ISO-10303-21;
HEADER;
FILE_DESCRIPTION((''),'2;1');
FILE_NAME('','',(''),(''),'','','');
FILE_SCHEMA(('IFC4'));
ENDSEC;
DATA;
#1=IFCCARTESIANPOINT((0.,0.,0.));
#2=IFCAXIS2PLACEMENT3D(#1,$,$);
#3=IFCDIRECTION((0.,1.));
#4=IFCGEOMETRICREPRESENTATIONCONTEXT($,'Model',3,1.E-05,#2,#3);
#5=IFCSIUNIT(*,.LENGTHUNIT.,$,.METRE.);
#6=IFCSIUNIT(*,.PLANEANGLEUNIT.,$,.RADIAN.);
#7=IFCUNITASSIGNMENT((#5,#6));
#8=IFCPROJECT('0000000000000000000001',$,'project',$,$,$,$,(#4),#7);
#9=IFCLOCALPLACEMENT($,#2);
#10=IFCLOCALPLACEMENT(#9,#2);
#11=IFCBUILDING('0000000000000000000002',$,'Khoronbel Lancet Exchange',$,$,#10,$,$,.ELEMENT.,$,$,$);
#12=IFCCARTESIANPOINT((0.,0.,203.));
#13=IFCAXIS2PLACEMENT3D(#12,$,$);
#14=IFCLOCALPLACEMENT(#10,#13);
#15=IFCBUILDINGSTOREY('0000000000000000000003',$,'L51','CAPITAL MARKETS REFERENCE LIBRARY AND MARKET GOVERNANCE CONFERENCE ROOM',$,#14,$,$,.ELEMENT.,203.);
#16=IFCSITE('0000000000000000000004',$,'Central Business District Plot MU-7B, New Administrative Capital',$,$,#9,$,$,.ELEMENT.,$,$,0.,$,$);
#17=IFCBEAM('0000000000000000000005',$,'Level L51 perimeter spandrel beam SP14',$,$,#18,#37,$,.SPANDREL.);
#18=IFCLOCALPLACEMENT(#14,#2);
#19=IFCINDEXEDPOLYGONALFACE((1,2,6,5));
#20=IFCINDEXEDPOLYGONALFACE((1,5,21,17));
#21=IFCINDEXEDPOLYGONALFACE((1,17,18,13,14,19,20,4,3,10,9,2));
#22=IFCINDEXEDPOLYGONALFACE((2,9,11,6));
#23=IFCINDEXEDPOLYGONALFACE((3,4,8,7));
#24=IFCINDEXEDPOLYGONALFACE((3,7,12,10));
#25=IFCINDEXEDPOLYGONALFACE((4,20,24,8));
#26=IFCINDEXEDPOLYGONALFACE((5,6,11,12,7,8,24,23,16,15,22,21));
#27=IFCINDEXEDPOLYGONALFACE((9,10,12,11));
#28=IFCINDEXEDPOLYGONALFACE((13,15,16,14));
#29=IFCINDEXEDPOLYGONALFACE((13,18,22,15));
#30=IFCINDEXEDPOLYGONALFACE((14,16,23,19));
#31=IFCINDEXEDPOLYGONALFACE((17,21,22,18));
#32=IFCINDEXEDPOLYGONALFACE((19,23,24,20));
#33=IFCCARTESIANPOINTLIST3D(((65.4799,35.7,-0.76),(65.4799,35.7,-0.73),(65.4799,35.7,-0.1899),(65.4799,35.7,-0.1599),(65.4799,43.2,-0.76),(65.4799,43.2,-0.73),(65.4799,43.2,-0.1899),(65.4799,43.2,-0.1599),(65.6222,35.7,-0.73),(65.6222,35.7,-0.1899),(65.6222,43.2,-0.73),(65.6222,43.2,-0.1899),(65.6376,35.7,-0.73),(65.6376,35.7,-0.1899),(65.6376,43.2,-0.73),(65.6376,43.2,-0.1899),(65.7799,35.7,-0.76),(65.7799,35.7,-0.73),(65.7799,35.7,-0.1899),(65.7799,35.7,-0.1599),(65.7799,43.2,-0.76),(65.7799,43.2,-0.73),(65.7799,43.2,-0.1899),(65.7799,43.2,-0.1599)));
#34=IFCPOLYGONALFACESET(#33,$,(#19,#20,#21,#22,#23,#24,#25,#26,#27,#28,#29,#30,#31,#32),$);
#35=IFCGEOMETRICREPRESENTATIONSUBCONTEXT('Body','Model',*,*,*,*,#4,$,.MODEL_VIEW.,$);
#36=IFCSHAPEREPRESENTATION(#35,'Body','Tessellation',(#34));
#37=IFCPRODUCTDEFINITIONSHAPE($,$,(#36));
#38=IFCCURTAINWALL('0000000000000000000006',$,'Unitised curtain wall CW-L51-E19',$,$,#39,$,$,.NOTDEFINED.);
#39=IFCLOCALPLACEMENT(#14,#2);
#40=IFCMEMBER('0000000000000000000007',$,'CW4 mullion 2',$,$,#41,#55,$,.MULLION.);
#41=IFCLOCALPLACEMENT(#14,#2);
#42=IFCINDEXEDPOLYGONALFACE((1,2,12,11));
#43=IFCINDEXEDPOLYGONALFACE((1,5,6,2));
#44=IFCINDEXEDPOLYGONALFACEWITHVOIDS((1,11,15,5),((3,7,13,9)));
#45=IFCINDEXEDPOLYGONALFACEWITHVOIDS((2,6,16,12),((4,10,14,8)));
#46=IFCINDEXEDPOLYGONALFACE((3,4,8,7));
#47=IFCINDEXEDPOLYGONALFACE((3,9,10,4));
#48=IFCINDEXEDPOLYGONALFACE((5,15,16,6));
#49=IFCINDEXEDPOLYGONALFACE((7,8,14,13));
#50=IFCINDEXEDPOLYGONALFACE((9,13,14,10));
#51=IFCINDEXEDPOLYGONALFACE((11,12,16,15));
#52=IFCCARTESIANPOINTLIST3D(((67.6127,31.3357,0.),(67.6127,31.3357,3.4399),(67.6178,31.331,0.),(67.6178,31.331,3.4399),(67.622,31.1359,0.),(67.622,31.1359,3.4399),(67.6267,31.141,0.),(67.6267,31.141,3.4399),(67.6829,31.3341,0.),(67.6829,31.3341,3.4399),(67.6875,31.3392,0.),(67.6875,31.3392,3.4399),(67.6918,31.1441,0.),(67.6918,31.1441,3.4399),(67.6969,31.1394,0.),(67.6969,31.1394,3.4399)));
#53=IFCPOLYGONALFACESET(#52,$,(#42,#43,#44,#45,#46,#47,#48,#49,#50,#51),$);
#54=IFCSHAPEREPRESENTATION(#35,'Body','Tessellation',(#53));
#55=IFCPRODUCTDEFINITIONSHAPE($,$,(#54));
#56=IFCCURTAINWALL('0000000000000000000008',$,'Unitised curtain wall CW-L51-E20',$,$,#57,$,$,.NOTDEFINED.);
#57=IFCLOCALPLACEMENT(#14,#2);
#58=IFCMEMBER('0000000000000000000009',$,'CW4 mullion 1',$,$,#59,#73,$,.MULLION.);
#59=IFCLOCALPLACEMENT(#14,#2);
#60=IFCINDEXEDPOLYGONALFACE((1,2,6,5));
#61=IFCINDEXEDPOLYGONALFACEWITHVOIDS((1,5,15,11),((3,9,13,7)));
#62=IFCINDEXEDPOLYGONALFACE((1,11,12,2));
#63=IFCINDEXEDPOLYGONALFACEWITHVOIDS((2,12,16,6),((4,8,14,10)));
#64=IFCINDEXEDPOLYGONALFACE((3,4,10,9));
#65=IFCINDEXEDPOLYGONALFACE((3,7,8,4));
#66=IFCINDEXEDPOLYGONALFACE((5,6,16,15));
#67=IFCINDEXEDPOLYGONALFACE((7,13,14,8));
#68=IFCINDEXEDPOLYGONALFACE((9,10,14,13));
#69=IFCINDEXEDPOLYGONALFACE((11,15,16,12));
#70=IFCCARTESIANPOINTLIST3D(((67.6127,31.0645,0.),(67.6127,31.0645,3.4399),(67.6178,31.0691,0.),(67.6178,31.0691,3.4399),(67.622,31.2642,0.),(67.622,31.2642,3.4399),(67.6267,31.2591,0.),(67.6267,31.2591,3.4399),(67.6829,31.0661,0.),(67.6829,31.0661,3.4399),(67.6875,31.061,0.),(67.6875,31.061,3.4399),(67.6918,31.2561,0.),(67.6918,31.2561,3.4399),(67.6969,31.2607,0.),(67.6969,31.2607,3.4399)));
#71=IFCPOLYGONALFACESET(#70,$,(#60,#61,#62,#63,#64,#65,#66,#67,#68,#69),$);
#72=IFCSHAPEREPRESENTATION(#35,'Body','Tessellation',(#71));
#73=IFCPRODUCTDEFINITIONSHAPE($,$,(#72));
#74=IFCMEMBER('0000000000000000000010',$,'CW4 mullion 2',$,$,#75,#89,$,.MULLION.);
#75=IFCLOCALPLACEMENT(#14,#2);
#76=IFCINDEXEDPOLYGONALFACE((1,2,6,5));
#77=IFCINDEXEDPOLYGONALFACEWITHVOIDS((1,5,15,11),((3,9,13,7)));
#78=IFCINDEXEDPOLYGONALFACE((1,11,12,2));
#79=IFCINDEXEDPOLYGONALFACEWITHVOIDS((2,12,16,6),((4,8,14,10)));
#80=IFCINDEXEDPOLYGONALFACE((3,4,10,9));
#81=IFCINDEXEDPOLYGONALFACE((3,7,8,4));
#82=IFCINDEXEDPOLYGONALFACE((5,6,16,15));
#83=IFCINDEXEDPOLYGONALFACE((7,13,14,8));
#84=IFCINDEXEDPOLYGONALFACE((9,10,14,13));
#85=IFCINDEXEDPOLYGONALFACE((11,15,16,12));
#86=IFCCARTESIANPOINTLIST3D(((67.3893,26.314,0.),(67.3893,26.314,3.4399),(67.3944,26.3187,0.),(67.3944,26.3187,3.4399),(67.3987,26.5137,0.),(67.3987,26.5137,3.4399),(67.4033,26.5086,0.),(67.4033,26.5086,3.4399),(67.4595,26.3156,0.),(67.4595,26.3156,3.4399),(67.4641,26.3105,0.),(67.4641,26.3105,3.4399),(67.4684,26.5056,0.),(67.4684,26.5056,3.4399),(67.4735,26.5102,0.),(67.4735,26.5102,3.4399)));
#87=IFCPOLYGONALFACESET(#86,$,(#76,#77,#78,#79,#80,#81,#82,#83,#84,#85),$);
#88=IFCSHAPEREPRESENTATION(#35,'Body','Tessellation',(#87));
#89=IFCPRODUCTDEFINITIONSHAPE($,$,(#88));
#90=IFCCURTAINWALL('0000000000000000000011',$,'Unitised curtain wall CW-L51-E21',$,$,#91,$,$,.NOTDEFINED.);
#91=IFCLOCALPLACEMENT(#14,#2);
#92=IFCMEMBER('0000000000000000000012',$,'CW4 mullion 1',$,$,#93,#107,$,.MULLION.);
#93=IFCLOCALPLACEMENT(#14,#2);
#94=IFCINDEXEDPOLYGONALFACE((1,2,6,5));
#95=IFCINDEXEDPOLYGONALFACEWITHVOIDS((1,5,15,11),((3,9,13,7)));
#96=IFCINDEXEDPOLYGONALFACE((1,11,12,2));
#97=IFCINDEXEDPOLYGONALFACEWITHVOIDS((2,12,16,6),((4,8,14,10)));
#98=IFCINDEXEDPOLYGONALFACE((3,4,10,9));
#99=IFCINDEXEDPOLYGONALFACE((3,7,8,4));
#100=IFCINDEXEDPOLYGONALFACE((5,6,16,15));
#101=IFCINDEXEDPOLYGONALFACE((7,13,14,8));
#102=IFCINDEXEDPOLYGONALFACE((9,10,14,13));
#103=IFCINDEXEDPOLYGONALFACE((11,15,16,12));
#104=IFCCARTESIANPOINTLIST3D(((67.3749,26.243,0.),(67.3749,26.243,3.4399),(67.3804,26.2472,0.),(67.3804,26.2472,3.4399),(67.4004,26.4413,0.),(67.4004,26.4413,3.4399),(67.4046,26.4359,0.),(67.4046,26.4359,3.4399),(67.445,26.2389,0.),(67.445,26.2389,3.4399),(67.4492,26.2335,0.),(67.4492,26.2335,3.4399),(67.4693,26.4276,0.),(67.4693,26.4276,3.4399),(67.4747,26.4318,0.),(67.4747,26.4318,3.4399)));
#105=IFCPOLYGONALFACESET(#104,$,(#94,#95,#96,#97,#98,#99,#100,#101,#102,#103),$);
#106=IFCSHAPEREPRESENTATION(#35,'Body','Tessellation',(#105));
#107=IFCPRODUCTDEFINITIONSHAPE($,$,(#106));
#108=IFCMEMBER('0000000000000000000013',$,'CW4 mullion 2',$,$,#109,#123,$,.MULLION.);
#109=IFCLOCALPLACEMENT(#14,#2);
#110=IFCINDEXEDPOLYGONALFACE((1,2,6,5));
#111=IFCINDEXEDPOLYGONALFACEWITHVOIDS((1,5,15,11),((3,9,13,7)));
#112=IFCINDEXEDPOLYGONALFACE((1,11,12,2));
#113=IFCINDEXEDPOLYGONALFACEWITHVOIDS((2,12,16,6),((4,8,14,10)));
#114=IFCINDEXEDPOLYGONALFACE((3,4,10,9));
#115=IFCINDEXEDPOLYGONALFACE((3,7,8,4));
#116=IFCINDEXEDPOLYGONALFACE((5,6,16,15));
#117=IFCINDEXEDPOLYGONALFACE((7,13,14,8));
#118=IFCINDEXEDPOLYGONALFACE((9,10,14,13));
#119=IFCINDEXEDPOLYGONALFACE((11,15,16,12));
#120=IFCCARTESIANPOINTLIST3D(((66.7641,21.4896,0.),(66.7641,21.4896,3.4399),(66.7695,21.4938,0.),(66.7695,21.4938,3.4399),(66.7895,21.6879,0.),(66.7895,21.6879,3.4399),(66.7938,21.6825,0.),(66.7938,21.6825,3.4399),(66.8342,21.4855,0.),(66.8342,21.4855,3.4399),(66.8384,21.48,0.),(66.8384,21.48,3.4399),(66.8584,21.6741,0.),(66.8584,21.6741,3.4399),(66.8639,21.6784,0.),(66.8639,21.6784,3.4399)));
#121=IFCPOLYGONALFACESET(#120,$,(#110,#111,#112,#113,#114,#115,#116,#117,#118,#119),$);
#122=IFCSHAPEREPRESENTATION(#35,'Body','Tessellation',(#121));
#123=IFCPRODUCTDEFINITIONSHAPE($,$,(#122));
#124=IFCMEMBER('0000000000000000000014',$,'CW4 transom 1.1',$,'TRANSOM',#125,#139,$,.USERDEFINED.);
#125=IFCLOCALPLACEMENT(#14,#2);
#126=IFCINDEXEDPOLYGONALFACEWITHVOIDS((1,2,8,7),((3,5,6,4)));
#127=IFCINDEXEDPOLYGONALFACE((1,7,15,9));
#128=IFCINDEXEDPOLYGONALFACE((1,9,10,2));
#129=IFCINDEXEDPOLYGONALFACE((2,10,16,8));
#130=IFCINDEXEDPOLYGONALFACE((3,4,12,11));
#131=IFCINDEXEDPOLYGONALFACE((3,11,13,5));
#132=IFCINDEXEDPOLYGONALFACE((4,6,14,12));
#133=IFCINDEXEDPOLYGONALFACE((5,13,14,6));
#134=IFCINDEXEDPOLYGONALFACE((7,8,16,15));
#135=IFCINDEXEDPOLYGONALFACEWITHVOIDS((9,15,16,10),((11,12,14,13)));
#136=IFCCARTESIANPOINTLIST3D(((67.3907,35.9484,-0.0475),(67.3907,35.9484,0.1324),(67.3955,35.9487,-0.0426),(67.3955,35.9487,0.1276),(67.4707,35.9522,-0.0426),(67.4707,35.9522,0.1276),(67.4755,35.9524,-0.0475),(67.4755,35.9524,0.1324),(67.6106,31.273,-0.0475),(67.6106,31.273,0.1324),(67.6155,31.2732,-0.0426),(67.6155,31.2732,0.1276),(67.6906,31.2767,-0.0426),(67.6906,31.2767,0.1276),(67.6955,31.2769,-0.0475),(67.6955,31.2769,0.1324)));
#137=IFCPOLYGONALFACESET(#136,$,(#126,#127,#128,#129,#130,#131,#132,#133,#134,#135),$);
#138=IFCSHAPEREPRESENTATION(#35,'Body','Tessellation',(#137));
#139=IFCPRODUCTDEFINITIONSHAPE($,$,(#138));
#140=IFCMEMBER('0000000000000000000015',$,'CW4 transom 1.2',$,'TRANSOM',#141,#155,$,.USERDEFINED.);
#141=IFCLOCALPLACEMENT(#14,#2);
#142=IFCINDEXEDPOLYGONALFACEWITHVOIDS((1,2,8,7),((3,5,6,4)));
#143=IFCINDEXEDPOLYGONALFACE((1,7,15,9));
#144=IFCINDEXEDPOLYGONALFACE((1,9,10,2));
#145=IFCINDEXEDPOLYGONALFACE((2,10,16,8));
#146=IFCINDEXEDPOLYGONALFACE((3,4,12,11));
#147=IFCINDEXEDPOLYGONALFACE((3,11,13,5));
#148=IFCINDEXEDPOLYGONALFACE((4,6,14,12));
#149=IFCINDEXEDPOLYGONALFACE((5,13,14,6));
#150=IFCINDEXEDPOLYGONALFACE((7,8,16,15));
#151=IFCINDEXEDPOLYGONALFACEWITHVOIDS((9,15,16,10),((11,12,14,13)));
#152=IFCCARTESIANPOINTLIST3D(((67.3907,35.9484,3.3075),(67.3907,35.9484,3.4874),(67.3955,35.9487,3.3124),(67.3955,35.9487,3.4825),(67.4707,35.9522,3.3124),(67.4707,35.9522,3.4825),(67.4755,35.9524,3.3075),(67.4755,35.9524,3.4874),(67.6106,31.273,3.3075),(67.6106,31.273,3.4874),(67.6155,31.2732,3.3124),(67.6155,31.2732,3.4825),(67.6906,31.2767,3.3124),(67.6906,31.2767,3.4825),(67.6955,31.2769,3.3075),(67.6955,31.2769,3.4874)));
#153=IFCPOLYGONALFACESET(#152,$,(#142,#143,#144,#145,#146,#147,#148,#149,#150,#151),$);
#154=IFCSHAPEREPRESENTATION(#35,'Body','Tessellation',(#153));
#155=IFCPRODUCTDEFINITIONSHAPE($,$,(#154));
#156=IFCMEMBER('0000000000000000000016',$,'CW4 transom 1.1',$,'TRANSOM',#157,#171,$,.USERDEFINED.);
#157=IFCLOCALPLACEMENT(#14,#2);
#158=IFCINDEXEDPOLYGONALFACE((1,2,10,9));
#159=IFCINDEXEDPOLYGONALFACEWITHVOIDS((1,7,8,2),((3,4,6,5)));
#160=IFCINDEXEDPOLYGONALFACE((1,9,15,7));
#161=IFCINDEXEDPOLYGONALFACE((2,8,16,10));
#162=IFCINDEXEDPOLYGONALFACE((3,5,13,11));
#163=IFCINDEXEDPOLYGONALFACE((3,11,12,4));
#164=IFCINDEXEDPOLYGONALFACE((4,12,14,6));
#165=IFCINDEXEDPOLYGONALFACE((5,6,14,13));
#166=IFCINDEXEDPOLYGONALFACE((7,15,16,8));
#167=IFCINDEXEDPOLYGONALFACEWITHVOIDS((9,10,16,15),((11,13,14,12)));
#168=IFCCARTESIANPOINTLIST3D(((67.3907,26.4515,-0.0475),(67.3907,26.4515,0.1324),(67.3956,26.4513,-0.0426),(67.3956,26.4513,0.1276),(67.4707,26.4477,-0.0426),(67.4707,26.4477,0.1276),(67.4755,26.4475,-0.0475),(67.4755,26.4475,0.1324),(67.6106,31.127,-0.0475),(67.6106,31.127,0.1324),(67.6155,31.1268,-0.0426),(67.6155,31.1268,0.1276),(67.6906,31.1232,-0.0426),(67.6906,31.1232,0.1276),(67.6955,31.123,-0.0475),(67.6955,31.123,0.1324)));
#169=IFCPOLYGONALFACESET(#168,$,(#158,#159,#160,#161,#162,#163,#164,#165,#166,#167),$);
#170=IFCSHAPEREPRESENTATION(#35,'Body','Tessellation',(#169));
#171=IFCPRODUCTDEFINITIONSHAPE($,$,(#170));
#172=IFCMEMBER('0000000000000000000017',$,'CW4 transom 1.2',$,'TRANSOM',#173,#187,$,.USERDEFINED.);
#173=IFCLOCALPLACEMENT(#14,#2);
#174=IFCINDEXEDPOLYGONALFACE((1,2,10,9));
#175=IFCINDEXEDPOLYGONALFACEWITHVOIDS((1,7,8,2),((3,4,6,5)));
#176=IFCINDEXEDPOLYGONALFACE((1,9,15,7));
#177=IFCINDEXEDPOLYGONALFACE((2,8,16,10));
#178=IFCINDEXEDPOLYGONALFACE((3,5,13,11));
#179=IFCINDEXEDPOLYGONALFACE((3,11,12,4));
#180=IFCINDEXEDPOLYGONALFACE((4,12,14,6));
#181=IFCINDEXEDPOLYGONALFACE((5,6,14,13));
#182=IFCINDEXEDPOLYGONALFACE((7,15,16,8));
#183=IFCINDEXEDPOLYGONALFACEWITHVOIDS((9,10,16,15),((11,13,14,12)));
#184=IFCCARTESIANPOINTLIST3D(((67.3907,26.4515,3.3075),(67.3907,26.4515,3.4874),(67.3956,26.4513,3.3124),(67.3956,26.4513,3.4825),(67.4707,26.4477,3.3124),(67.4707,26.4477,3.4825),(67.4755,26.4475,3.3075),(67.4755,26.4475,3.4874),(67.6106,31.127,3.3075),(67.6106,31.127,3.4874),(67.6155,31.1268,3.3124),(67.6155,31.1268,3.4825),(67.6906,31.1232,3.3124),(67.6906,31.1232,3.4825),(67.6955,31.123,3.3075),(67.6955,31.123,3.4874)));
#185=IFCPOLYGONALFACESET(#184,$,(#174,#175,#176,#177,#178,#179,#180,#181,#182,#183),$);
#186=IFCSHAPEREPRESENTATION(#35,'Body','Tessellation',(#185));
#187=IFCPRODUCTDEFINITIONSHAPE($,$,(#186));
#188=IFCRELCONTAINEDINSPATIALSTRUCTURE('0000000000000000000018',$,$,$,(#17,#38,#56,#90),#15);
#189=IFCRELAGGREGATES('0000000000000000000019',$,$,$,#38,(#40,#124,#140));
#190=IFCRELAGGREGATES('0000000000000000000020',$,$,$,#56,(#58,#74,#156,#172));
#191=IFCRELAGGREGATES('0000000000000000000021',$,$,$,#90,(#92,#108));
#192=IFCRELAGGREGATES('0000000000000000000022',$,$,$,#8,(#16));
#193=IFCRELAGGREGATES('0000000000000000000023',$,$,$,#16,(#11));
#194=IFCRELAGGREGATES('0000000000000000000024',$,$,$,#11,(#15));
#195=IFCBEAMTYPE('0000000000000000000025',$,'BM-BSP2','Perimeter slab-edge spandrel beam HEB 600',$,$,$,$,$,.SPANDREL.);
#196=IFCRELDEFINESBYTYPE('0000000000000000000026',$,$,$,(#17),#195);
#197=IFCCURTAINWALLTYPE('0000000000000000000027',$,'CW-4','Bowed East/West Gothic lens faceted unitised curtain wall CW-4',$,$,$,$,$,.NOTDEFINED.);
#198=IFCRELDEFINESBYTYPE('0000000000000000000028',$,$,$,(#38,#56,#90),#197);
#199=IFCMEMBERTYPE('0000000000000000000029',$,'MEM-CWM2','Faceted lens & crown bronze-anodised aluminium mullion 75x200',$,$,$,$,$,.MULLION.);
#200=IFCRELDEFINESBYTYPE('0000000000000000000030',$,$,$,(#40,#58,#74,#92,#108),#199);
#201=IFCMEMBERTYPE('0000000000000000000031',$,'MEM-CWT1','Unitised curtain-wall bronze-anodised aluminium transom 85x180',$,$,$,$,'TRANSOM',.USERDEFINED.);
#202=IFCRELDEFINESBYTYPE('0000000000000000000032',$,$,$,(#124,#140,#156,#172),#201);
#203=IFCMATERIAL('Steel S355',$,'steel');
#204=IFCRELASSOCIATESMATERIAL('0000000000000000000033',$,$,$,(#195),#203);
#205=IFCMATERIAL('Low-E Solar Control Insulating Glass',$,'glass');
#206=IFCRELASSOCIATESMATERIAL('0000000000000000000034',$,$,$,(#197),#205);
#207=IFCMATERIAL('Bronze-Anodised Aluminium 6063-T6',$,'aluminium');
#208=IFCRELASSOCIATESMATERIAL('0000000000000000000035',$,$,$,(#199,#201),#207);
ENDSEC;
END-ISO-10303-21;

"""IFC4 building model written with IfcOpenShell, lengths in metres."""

from ifc_helpers import new_model, si_unit, direction, frame, origin, origin_2d, place, context, subcontext, project, spatial, hollow_rectangle, i_section, extrude, material, material_profile, profile_set, type_object, element, aggregate, save


model = new_model("IFC4")

# Units and contexts
model_context = context("Model", 3, precision=1e-05, world=origin(), true_north=direction((0.0, 1.0)))
body_context = subcontext(model_context, "Body", "Model", "MODEL_VIEW")
ifc_project = project(units=[si_unit("LENGTHUNIT", "METRE"), si_unit("PLANEANGLEUNIT", "RADIAN")], contexts=[model_context])

# Site, building, storey
site_placement = place(None, origin())
site = spatial("IfcSite", under=ifc_project, at=site_placement, Name="Central Business District Plot MU-7B, New Administrative Capital", CompositionType="ELEMENT", RefElevation=0.0)
building_placement = place(site_placement, origin())
building = spatial("IfcBuilding", under=site, at=building_placement, Name="Khoronbel Lancet Exchange", CompositionType="ELEMENT")
storey_placement = place(building_placement, frame((0.0, 0.0, 203.0)))
storey = spatial("IfcBuildingStorey", under=building, at=storey_placement, Name="L51", Description="CAPITAL MARKETS REFERENCE LIBRARY AND MARKET GOVERNANCE CONFERENCE ROOM", CompositionType="ELEMENT", Elevation=203.0)

# Shared definitions
ifc_material_1 = material(Name="Steel S355", Category="steel")

# Beam
ifc_material_profile_1 = material_profile(ifc_material_1, i_section(OverallWidth=0.3, OverallDepth=0.6001, WebThickness=0.0154, FlangeThickness=0.03, at=origin_2d()), Name="HEB 600")
ifc_profile_set_1 = profile_set([ifc_material_profile_1], Name="Steel S355")
beam_type_1 = type_object("IfcBeamType", Name="BM-BSP2", Description="Perimeter slab-edge spandrel beam HEB 600", PredefinedType="SPANDREL", material=ifc_profile_set_1)
beam_1_placement = place(storey_placement, frame((65.6299, 35.7, -0.46), z_axis=(0.0, 1.0, 0.0), x_axis=(-1.0, 0.0, 0.0)))
element("IfcBeam", 1, at=beam_1_placement, inside=storey, type_object=beam_type_1, Name="Level L51 perimeter spandrel beam SP14", PredefinedType="SPANDREL", context=body_context, shape_type="SweptSolid", body=[
    extrude(i_section(OverallWidth=0.3, OverallDepth=0.6001, WebThickness=0.0154, FlangeThickness=0.03, at=origin_2d()), origin(), (0.0, 0.0, 1.0), 7.5),
])

# Curtain wall, member
ifc_material_2 = material(Name="Low-E Solar Control Insulating Glass", Category="glass")
curtain_wall_type = type_object("IfcCurtainWallType", Name="CW-4", Description="Bowed East/West Gothic lens faceted unitised curtain wall CW-4", PredefinedType="NOTDEFINED", material=ifc_material_2)
curtain_wall_1_placement = place(storey_placement, origin())
curtain_wall_1 = element("IfcCurtainWall", 2, at=curtain_wall_1_placement, inside=storey, type_object=curtain_wall_type, Name="Unitised curtain wall CW-L51-E19", PredefinedType="NOTDEFINED")
ifc_material_3 = material(Name="Bronze-Anodised Aluminium 6063-T6", Category="aluminium")
ifc_material_profile_2 = material_profile(ifc_material_3, hollow_rectangle(XDim=0.075, YDim=0.2, WallThickness=0.0049, at=origin_2d()), Name="ALU MULLION 75x200")
ifc_profile_set_2 = profile_set([ifc_material_profile_2], Name="Bronze-Anodised Aluminium 6063-T6")
member_type_1 = type_object("IfcMemberType", Name="MEM-CWM2", Description="Faceted lens & crown bronze-anodised aluminium mullion 75x200", PredefinedType="MULLION", material=ifc_profile_set_2)
member_1_placement = place(storey_placement, frame((67.6548, 31.2375, 0.0), z_axis=(0.0, 0.0, 1.0), x_axis=(0.998896, 0.04697, 0.0)))
member_1 = element("IfcMember", 3, at=member_1_placement, type_object=member_type_1, Name="CW4 mullion 2", PredefinedType="MULLION", context=body_context, shape_type="SweptSolid", body=[
    extrude(hollow_rectangle(XDim=0.075, YDim=0.2, WallThickness=0.0049, at=origin_2d()), origin(), (0.0, 0.0, 1.0), 3.4399),
])

# Curtain walls, members
curtain_wall_2_placement = place(storey_placement, origin())
curtain_wall_2 = element("IfcCurtainWall", 4, at=curtain_wall_2_placement, inside=storey, type_object=curtain_wall_type, Name="Unitised curtain wall CW-L51-E20", PredefinedType="NOTDEFINED")
member_2_placement = place(storey_placement, frame((67.6548, 31.1626, 0.0), z_axis=(0.0, 0.0, 1.0), x_axis=(0.998896, -0.04697, 0.0)))
member_2 = element("IfcMember", 5, at=member_2_placement, type_object=member_type_1, Name="CW4 mullion 1", PredefinedType="MULLION", context=body_context, shape_type="SweptSolid", body=[
    extrude(hollow_rectangle(XDim=0.075, YDim=0.2, WallThickness=0.0049, at=origin_2d()), origin(), (0.0, 0.0, 1.0), 3.4399),
])
member_3_placement = place(storey_placement, frame((67.4314, 26.4121, 0.0), z_axis=(0.0, 0.0, 1.0), x_axis=(0.998896, -0.04697, 0.0)))
member_3 = element("IfcMember", 6, at=member_3_placement, type_object=member_type_1, Name="CW4 mullion 2", PredefinedType="MULLION", context=body_context, shape_type="SweptSolid", body=[
    extrude(hollow_rectangle(XDim=0.075, YDim=0.2, WallThickness=0.0049, at=origin_2d()), origin(), (0.0, 0.0, 1.0), 3.4399),
])
curtain_wall_3_placement = place(storey_placement, origin())
curtain_wall_3 = element("IfcCurtainWall", 7, at=curtain_wall_3_placement, inside=storey, type_object=curtain_wall_type, Name="Unitised curtain wall CW-L51-E21", PredefinedType="NOTDEFINED")
member_4_placement = place(storey_placement, frame((67.4248, 26.3374, 0.0), z_axis=(0.0, 0.0, 1.0), x_axis=(0.991847, -0.127437, 0.0)))
member_4 = element("IfcMember", 8, at=member_4_placement, type_object=member_type_1, Name="CW4 mullion 1", PredefinedType="MULLION", context=body_context, shape_type="SweptSolid", body=[
    extrude(hollow_rectangle(XDim=0.075, YDim=0.2, WallThickness=0.0049, at=origin_2d()), origin(), (0.0, 0.0, 1.0), 3.4399),
])
member_5_placement = place(storey_placement, frame((66.814, 21.584, 0.0), z_axis=(0.0, 0.0, 1.0), x_axis=(0.991847, -0.127437, 0.0)))
member_5 = element("IfcMember", 9, at=member_5_placement, type_object=member_type_1, Name="CW4 mullion 2", PredefinedType="MULLION", context=body_context, shape_type="SweptSolid", body=[
    extrude(hollow_rectangle(XDim=0.075, YDim=0.2, WallThickness=0.0049, at=origin_2d()), origin(), (0.0, 0.0, 1.0), 3.4399),
])

# Members
ifc_material_profile_3 = material_profile(ifc_material_3, hollow_rectangle(XDim=0.085, YDim=0.1799, WallThickness=0.0049, at=origin_2d()), Name="ALU TRANSOM 85x180")
ifc_profile_set_3 = profile_set([ifc_material_profile_3], Name="Bronze-Anodised Aluminium 6063-T6")
member_type_2 = type_object("IfcMemberType", Name="MEM-CWT1", Description="Unitised curtain-wall bronze-anodised aluminium transom 85x180", ElementType="TRANSOM", PredefinedType="USERDEFINED", material=ifc_profile_set_3)
member_6_placement = place(storey_placement, frame((67.4331, 35.9504, 0.0425), z_axis=(0.046995, -0.998895, 0.0), x_axis=(0.998895, 0.046995, 0.0)))
member_6 = element("IfcMember", 10, at=member_6_placement, type_object=member_type_2, Name="CW4 transom 1.1", ObjectType="TRANSOM", PredefinedType="USERDEFINED", context=body_context, shape_type="SweptSolid", body=[
    extrude(hollow_rectangle(XDim=0.085, YDim=0.1799, WallThickness=0.0049, at=origin_2d()), origin(), (0.0, 0.0, 1.0), 4.6807),
])
member_7_placement = place(storey_placement, frame((67.4331, 35.9504, 3.3975), z_axis=(0.046995, -0.998895, 0.0), x_axis=(0.998895, 0.046995, 0.0)))
member_7 = element("IfcMember", 11, at=member_7_placement, type_object=member_type_2, Name="CW4 transom 1.2", ObjectType="TRANSOM", PredefinedType="USERDEFINED", context=body_context, shape_type="SweptSolid", body=[
    extrude(hollow_rectangle(XDim=0.085, YDim=0.1799, WallThickness=0.0049, at=origin_2d()), origin(), (0.0, 0.0, 1.0), 4.6807),
])
member_8_placement = place(storey_placement, frame((67.6531, 31.125, 0.0425), z_axis=(-0.046995, -0.998895, 0.0), x_axis=(0.998895, -0.046995, 0.0)))
member_8 = element("IfcMember", 12, at=member_8_placement, type_object=member_type_2, Name="CW4 transom 1.1", ObjectType="TRANSOM", PredefinedType="USERDEFINED", context=body_context, shape_type="SweptSolid", body=[
    extrude(hollow_rectangle(XDim=0.085, YDim=0.1799, WallThickness=0.0049, at=origin_2d()), origin(), (0.0, 0.0, 1.0), 4.6807),
])
member_9_placement = place(storey_placement, frame((67.6531, 31.125, 3.3975), z_axis=(-0.046995, -0.998895, 0.0), x_axis=(0.998895, -0.046995, 0.0)))
member_9 = element("IfcMember", 13, at=member_9_placement, type_object=member_type_2, Name="CW4 transom 1.2", ObjectType="TRANSOM", PredefinedType="USERDEFINED", context=body_context, shape_type="SweptSolid", body=[
    extrude(hollow_rectangle(XDim=0.085, YDim=0.1799, WallThickness=0.0049, at=origin_2d()), origin(), (0.0, 0.0, 1.0), 4.6807),
])

aggregate(curtain_wall_1, [member_1, member_6, member_7])
aggregate(curtain_wall_2, [member_2, member_3, member_8, member_9])
aggregate(curtain_wall_3, [member_4, member_5])

save(model, "model.ifc")
